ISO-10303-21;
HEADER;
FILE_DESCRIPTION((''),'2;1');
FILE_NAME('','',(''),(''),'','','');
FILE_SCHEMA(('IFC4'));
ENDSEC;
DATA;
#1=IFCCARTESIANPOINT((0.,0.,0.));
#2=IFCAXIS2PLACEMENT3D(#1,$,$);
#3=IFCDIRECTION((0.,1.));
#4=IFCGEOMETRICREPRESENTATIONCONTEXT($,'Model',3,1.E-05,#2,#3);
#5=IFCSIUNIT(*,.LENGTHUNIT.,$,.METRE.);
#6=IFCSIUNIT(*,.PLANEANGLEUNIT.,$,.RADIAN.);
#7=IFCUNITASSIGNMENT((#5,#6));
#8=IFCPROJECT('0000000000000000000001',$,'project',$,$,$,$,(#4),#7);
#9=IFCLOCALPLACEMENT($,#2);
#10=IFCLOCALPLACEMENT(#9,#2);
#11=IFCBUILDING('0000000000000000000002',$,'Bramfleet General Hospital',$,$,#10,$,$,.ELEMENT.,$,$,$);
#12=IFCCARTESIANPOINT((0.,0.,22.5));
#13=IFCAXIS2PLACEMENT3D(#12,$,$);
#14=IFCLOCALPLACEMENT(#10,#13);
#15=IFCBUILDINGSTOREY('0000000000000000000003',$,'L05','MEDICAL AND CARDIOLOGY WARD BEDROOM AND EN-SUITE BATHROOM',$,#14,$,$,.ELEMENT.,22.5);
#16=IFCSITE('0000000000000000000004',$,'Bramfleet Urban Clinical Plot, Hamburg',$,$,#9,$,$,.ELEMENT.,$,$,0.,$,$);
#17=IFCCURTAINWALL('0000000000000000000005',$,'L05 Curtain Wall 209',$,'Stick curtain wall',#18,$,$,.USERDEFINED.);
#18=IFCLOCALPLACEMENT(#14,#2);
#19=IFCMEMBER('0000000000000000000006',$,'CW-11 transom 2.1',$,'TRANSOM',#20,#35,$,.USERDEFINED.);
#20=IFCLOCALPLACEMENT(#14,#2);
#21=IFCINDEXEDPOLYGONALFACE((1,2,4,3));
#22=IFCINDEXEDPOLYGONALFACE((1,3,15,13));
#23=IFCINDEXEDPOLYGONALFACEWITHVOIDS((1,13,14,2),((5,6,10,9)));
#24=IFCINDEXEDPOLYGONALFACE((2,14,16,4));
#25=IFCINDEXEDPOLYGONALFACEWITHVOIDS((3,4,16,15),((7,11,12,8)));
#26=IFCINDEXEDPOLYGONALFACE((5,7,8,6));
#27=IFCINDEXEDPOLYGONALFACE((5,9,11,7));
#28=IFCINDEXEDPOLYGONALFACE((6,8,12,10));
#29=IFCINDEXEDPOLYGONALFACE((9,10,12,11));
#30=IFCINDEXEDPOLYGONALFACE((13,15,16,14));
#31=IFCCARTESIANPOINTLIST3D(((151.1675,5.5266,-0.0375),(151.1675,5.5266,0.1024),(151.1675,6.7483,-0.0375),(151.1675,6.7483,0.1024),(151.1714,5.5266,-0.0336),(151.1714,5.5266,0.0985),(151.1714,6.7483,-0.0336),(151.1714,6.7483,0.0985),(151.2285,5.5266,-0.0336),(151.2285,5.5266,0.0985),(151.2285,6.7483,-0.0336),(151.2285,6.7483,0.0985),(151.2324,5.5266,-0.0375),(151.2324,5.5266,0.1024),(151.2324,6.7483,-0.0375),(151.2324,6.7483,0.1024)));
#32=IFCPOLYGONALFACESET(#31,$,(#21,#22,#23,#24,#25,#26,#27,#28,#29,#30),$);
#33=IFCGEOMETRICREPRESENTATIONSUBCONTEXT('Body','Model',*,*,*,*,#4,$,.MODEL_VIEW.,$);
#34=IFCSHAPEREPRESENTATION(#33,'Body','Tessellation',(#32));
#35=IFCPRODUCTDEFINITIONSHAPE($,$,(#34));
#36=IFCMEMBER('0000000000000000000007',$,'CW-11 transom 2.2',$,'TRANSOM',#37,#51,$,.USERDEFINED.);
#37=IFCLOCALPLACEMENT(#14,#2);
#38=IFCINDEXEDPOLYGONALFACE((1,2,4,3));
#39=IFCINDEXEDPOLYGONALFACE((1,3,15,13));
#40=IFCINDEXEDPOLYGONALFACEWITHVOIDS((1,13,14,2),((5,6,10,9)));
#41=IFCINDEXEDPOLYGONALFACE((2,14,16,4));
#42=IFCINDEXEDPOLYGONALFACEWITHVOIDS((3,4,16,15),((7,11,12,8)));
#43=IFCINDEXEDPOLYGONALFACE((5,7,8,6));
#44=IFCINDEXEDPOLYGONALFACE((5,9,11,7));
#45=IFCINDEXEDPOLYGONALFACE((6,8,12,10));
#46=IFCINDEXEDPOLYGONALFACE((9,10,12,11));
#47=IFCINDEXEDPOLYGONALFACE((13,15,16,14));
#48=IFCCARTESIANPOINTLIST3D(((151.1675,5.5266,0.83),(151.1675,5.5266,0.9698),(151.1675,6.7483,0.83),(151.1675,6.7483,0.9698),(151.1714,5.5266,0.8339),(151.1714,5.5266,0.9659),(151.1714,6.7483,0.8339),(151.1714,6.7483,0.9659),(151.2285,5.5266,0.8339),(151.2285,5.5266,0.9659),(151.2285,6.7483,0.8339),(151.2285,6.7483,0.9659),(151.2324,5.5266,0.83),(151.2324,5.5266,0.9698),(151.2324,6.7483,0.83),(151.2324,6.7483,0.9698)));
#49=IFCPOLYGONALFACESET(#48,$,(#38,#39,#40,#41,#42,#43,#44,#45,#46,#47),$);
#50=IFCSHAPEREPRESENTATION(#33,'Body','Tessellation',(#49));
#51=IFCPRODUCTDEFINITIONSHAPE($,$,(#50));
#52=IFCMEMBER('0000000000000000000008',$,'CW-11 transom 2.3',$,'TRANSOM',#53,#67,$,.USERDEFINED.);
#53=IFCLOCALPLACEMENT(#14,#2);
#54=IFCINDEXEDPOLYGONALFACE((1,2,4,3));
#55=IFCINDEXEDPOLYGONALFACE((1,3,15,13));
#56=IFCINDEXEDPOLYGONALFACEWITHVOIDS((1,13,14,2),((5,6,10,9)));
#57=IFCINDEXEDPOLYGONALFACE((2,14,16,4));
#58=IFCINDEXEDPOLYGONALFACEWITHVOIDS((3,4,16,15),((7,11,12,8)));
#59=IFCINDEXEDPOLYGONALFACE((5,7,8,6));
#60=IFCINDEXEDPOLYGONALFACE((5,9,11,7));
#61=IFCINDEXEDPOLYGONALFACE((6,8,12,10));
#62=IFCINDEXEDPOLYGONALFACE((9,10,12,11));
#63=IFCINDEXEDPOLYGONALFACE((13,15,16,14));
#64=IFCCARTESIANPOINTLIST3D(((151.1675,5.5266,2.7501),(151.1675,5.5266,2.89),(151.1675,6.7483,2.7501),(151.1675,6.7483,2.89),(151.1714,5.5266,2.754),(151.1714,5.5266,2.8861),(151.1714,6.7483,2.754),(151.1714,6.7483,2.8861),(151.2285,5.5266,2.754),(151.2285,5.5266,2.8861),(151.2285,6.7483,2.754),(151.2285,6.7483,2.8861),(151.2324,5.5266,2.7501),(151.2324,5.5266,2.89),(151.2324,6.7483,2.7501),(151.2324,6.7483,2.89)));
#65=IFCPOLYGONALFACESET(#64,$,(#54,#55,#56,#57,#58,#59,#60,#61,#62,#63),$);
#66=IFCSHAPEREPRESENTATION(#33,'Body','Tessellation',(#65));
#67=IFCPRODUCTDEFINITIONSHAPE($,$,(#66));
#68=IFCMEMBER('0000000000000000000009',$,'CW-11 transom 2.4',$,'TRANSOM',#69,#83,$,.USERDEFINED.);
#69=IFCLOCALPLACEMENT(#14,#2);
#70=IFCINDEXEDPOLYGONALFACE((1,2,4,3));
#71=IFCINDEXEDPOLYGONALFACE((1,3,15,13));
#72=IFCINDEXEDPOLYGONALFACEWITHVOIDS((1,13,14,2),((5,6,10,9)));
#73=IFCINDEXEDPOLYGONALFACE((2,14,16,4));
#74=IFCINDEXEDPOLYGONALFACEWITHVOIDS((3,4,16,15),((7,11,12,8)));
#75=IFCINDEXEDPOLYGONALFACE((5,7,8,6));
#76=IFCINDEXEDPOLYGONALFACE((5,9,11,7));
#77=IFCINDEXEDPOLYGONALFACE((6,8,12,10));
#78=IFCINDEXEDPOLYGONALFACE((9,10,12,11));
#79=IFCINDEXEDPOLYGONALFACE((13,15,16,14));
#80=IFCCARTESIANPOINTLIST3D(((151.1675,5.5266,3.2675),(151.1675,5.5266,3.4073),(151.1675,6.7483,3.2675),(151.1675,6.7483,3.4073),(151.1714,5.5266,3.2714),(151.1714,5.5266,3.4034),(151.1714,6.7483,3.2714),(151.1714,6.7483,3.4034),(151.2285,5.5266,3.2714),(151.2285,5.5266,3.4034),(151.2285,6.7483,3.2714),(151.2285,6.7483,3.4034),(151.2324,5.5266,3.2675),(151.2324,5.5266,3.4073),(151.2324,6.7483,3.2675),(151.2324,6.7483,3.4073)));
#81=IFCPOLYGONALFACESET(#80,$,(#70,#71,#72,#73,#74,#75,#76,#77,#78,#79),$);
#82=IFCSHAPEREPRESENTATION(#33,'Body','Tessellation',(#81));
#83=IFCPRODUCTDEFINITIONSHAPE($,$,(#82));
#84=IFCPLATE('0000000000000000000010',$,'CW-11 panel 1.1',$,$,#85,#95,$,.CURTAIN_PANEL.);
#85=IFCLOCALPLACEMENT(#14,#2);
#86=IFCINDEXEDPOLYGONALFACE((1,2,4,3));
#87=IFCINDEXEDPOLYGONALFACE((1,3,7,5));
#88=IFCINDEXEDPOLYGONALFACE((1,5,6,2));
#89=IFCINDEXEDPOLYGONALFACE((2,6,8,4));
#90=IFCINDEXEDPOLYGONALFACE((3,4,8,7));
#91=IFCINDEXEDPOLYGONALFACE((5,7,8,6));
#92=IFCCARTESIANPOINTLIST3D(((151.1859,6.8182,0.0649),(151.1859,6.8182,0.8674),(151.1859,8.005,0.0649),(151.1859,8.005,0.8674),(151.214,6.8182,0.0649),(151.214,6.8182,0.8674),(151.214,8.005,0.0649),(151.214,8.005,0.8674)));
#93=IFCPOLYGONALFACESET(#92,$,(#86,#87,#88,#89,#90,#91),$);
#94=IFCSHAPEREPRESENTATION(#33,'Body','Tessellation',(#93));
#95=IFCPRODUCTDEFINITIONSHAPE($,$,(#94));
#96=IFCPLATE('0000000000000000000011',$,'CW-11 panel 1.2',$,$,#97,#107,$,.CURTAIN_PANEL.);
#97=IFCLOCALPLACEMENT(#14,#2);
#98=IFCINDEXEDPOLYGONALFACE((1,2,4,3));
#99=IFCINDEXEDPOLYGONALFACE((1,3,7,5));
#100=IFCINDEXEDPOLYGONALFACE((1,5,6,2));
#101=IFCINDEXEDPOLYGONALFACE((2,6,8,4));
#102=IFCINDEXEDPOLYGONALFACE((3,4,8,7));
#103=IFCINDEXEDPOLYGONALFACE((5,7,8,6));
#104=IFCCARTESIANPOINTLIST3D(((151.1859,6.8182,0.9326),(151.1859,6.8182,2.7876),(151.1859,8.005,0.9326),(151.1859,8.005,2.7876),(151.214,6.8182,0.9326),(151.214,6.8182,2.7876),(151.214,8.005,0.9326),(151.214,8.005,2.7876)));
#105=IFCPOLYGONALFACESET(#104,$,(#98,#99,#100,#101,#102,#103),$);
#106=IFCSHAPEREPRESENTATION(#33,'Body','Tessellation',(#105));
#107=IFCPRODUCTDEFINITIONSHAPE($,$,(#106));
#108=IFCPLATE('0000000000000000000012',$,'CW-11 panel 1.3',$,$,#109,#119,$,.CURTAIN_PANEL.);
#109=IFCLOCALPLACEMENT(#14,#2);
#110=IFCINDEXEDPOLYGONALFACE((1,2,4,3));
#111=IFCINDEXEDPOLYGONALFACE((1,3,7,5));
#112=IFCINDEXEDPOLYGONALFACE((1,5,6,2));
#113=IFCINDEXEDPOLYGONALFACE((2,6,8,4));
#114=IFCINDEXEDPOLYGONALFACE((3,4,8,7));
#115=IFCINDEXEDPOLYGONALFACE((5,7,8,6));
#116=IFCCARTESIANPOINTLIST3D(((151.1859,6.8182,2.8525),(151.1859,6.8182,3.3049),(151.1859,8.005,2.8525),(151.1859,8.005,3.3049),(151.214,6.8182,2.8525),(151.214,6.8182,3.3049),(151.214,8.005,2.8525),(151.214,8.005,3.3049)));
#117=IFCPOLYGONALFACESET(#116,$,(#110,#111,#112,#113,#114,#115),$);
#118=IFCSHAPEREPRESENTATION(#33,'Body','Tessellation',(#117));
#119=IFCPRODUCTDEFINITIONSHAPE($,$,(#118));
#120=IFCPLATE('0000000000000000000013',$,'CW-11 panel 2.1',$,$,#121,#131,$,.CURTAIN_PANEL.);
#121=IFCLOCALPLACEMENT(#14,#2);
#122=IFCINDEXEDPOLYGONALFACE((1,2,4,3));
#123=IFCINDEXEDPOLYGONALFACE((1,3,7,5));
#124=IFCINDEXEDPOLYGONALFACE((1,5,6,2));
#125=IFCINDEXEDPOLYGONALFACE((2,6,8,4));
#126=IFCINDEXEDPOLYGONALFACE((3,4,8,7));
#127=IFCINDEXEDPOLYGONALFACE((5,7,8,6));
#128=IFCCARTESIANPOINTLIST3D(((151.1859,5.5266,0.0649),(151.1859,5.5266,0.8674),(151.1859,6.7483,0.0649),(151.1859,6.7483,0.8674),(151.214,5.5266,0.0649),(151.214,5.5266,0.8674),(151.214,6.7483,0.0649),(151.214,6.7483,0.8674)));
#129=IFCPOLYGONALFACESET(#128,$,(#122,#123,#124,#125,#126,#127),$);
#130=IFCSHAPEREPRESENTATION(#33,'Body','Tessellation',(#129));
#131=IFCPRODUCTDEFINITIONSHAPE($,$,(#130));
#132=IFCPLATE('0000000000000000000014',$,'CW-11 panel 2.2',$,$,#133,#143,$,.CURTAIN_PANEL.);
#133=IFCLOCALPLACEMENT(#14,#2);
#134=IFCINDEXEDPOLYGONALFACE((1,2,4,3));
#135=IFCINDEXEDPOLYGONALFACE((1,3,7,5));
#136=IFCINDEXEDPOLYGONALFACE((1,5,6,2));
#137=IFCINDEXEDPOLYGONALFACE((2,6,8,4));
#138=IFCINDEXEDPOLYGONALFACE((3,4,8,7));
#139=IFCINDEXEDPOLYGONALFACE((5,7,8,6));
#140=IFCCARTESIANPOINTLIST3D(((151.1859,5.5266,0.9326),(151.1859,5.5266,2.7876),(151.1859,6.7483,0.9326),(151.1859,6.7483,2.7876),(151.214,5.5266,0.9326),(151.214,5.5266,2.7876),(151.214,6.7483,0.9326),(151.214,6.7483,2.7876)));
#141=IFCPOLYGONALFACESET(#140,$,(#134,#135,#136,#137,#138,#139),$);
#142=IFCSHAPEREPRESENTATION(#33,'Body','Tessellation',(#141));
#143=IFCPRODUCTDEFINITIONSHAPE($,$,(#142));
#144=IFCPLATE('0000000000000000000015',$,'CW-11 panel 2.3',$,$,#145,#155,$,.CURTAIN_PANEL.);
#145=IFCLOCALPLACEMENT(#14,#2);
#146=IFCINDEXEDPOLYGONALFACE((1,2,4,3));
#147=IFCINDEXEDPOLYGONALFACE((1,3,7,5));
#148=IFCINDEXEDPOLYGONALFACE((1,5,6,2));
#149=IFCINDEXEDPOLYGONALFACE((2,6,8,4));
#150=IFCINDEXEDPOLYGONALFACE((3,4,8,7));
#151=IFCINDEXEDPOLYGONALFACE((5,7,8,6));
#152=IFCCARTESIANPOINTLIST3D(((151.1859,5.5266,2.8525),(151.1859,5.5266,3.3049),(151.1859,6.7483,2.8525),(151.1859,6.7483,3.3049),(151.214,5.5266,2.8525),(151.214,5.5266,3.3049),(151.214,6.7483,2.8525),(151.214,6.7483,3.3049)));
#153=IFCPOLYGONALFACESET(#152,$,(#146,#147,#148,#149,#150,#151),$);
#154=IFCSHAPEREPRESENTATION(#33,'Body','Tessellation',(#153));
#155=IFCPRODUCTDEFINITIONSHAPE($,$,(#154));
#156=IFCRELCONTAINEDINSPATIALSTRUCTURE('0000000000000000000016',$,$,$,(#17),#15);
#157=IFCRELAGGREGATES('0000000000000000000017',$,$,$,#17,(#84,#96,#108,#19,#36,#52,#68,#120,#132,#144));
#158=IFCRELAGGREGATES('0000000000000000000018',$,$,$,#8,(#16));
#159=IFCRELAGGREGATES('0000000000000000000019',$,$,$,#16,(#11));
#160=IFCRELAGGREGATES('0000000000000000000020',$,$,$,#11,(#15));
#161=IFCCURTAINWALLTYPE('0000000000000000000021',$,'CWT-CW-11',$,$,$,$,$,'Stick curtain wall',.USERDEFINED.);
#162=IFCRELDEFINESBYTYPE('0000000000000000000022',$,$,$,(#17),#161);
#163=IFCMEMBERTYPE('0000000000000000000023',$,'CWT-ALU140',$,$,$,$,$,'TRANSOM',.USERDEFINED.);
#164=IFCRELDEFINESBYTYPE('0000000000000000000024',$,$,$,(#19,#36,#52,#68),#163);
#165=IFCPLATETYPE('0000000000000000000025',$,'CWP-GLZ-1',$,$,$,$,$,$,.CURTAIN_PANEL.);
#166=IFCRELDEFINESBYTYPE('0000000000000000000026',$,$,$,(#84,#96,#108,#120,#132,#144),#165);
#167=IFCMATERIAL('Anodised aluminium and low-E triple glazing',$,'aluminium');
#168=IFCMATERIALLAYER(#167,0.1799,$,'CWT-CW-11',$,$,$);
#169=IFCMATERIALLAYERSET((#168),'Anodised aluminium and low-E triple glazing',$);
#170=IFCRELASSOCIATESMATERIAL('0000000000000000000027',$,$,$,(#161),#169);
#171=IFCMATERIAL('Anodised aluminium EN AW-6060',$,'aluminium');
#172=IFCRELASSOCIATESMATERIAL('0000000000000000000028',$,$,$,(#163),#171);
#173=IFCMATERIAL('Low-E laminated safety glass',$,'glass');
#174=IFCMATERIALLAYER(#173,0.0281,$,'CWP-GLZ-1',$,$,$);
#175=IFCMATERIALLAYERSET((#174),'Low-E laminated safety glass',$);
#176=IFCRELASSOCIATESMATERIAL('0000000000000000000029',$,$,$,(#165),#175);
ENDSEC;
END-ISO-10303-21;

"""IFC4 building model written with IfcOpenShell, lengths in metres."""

from ifc_helpers import new_model, si_unit, direction, frame, origin, origin_2d, place, context, subcontext, project, spatial, rectangle, hollow_rectangle, extrude, material, layer, layer_set, material_profile, profile_set, type_object, element, aggregate, save


model = new_model("IFC4")

# Units and contexts
model_context = context("Model", 3, precision=1e-05, world=origin(), true_north=direction((0.0, 1.0)))
body_context = subcontext(model_context, "Body", "Model", "MODEL_VIEW")
ifc_project = project(units=[si_unit("LENGTHUNIT", "METRE"), si_unit("PLANEANGLEUNIT", "RADIAN")], contexts=[model_context])

# Site, building, storey
site_placement = place(None, origin())
site = spatial("IfcSite", under=ifc_project, at=site_placement, Name="Bramfleet Urban Clinical Plot, Hamburg", CompositionType="ELEMENT", RefElevation=0.0)
building_placement = place(site_placement, origin())
building = spatial("IfcBuilding", under=site, at=building_placement, Name="Bramfleet General Hospital", CompositionType="ELEMENT")
storey_placement = place(building_placement, frame((0.0, 0.0, 22.5)))
storey = spatial("IfcBuildingStorey", under=building, at=storey_placement, Name="L05", Description="MEDICAL AND CARDIOLOGY WARD BEDROOM AND EN-SUITE BATHROOM", CompositionType="ELEMENT", Elevation=22.5)

# Curtain wall, members, plates
ifc_material_1 = material(Name="Anodised aluminium and low-E triple glazing", Category="aluminium")
ifc_layer_1 = layer(ifc_material_1, 0.1799, Name="CWT-CW-11")
ifc_layer_set_1 = layer_set([ifc_layer_1], Name="Anodised aluminium and low-E triple glazing")
curtain_wall_type = type_object("IfcCurtainWallType", Name="CWT-CW-11", ElementType="Stick curtain wall", PredefinedType="USERDEFINED", material=ifc_layer_set_1)
curtain_wall_placement = place(storey_placement, origin())
curtain_wall = element("IfcCurtainWall", 1, at=curtain_wall_placement, inside=storey, type_object=curtain_wall_type, Name="L05 Curtain Wall 209", ObjectType="Stick curtain wall", PredefinedType="USERDEFINED")
ifc_material_2 = material(Name="Anodised aluminium EN AW-6060", Category="aluminium")
ifc_material_profile_1 = material_profile(ifc_material_2, hollow_rectangle(XDim=0.0649, YDim=0.1399, WallThickness=0.0039, at=origin_2d()), Name="ALU 140x65x4.0")
ifc_profile_set_1 = profile_set([ifc_material_profile_1], Name="Anodised aluminium EN AW-6060")
member_type_1 = type_object("IfcMemberType", Name="CWT-ALU140", ElementType="TRANSOM", PredefinedType="USERDEFINED", material=ifc_profile_set_1)
member_1_placement = place(storey_placement, frame((151.2, 6.7483, 0.0325), z_axis=(0.0, -1.0, 0.0), x_axis=(1.0, 0.0, 0.0)))
member_1 = element("IfcMember", 2, at=member_1_placement, type_object=member_type_1, Name="CW-11 transom 2.1", ObjectType="TRANSOM", PredefinedType="USERDEFINED", context=body_context, shape_type="SweptSolid", body=[
    extrude(hollow_rectangle(XDim=0.0649, YDim=0.1399, WallThickness=0.0039, at=origin_2d()), origin(), (0.0, 0.0, 1.0), 1.2217),
])
member_2_placement = place(storey_placement, frame((151.2, 6.7483, 0.8999), z_axis=(0.0, -1.0, 0.0), x_axis=(1.0, 0.0, 0.0)))
member_2 = element("IfcMember", 3, at=member_2_placement, type_object=member_type_1, Name="CW-11 transom 2.2", ObjectType="TRANSOM", PredefinedType="USERDEFINED", context=body_context, shape_type="SweptSolid", body=[
    extrude(hollow_rectangle(XDim=0.0649, YDim=0.1399, WallThickness=0.0039, at=origin_2d()), origin(), (0.0, 0.0, 1.0), 1.2217),
])
member_3_placement = place(storey_placement, frame((151.2, 6.7483, 2.8201), z_axis=(0.0, -1.0, 0.0), x_axis=(1.0, 0.0, 0.0)))
member_3 = element("IfcMember", 4, at=member_3_placement, type_object=member_type_1, Name="CW-11 transom 2.3", ObjectType="TRANSOM", PredefinedType="USERDEFINED", context=body_context, shape_type="SweptSolid", body=[
    extrude(hollow_rectangle(XDim=0.0649, YDim=0.1399, WallThickness=0.0039, at=origin_2d()), origin(), (0.0, 0.0, 1.0), 1.2217),
])
member_4_placement = place(storey_placement, frame((151.2, 6.7483, 3.3374), z_axis=(0.0, -1.0, 0.0), x_axis=(1.0, 0.0, 0.0)))
member_4 = element("IfcMember", 5, at=member_4_placement, type_object=member_type_1, Name="CW-11 transom 2.4", ObjectType="TRANSOM", PredefinedType="USERDEFINED", context=body_context, shape_type="SweptSolid", body=[
    extrude(hollow_rectangle(XDim=0.0649, YDim=0.1399, WallThickness=0.0039, at=origin_2d()), origin(), (0.0, 0.0, 1.0), 1.2217),
])
ifc_material_3 = material(Name="Low-E laminated safety glass", Category="glass")
ifc_layer_2 = layer(ifc_material_3, 0.0281, Name="CWP-GLZ-1")
ifc_layer_set_2 = layer_set([ifc_layer_2], Name="Low-E laminated safety glass")
plate_type = type_object("IfcPlateType", Name="CWP-GLZ-1", PredefinedType="CURTAIN_PANEL", material=ifc_layer_set_2)
plate_1_placement = place(storey_placement, frame((151.2, 7.4116, 0.0649), z_axis=(0.0, 0.0, 1.0), x_axis=(0.0, -1.0, 0.0)))
plate_1 = element("IfcPlate", 6, at=plate_1_placement, type_object=plate_type, Name="CW-11 panel 1.1", PredefinedType="CURTAIN_PANEL", context=body_context, shape_type="SweptSolid", body=[
    extrude(rectangle(XDim=1.1868, YDim=0.0281, at=origin_2d()), origin(), (0.0, 0.0, 1.0), 0.8025),
])
plate_2_placement = place(storey_placement, frame((151.2, 7.4116, 0.9326), z_axis=(0.0, 0.0, 1.0), x_axis=(0.0, -1.0, 0.0)))
plate_2 = element("IfcPlate", 7, at=plate_2_placement, type_object=plate_type, Name="CW-11 panel 1.2", PredefinedType="CURTAIN_PANEL", context=body_context, shape_type="SweptSolid", body=[
    extrude(rectangle(XDim=1.1868, YDim=0.0281, at=origin_2d()), origin(), (0.0, 0.0, 1.0), 1.855),
])
plate_3_placement = place(storey_placement, frame((151.2, 7.4116, 2.8525), z_axis=(0.0, 0.0, 1.0), x_axis=(0.0, -1.0, 0.0)))
plate_3 = element("IfcPlate", 8, at=plate_3_placement, type_object=plate_type, Name="CW-11 panel 1.3", PredefinedType="CURTAIN_PANEL", context=body_context, shape_type="SweptSolid", body=[
    extrude(rectangle(XDim=1.1868, YDim=0.0281, at=origin_2d()), origin(), (0.0, 0.0, 1.0), 0.4524),
])
plate_4_placement = place(storey_placement, frame((151.2, 6.1375, 0.0649), z_axis=(0.0, 0.0, 1.0), x_axis=(0.0, -1.0, 0.0)))
plate_4 = element("IfcPlate", 9, at=plate_4_placement, type_object=plate_type, Name="CW-11 panel 2.1", PredefinedType="CURTAIN_PANEL", context=body_context, shape_type="SweptSolid", body=[
    extrude(rectangle(XDim=1.2217, YDim=0.0281, at=origin_2d()), origin(), (0.0, 0.0, 1.0), 0.8025),
])
plate_5_placement = place(storey_placement, frame((151.2, 6.1375, 0.9326), z_axis=(0.0, 0.0, 1.0), x_axis=(0.0, -1.0, 0.0)))
plate_5 = element("IfcPlate", 10, at=plate_5_placement, type_object=plate_type, Name="CW-11 panel 2.2", PredefinedType="CURTAIN_PANEL", context=body_context, shape_type="SweptSolid", body=[
    extrude(rectangle(XDim=1.2217, YDim=0.0281, at=origin_2d()), origin(), (0.0, 0.0, 1.0), 1.855),
])
plate_6_placement = place(storey_placement, frame((151.2, 6.1375, 2.8525), z_axis=(0.0, 0.0, 1.0), x_axis=(0.0, -1.0, 0.0)))
plate_6 = element("IfcPlate", 11, at=plate_6_placement, type_object=plate_type, Name="CW-11 panel 2.3", PredefinedType="CURTAIN_PANEL", context=body_context, shape_type="SweptSolid", body=[
    extrude(rectangle(XDim=1.2217, YDim=0.0281, at=origin_2d()), origin(), (0.0, 0.0, 1.0), 0.4524),
])
aggregate(curtain_wall, [plate_1, plate_2, plate_3, member_1, member_2, member_3, member_4, plate_4, plate_5, plate_6])

save(model, "model.ifc")
